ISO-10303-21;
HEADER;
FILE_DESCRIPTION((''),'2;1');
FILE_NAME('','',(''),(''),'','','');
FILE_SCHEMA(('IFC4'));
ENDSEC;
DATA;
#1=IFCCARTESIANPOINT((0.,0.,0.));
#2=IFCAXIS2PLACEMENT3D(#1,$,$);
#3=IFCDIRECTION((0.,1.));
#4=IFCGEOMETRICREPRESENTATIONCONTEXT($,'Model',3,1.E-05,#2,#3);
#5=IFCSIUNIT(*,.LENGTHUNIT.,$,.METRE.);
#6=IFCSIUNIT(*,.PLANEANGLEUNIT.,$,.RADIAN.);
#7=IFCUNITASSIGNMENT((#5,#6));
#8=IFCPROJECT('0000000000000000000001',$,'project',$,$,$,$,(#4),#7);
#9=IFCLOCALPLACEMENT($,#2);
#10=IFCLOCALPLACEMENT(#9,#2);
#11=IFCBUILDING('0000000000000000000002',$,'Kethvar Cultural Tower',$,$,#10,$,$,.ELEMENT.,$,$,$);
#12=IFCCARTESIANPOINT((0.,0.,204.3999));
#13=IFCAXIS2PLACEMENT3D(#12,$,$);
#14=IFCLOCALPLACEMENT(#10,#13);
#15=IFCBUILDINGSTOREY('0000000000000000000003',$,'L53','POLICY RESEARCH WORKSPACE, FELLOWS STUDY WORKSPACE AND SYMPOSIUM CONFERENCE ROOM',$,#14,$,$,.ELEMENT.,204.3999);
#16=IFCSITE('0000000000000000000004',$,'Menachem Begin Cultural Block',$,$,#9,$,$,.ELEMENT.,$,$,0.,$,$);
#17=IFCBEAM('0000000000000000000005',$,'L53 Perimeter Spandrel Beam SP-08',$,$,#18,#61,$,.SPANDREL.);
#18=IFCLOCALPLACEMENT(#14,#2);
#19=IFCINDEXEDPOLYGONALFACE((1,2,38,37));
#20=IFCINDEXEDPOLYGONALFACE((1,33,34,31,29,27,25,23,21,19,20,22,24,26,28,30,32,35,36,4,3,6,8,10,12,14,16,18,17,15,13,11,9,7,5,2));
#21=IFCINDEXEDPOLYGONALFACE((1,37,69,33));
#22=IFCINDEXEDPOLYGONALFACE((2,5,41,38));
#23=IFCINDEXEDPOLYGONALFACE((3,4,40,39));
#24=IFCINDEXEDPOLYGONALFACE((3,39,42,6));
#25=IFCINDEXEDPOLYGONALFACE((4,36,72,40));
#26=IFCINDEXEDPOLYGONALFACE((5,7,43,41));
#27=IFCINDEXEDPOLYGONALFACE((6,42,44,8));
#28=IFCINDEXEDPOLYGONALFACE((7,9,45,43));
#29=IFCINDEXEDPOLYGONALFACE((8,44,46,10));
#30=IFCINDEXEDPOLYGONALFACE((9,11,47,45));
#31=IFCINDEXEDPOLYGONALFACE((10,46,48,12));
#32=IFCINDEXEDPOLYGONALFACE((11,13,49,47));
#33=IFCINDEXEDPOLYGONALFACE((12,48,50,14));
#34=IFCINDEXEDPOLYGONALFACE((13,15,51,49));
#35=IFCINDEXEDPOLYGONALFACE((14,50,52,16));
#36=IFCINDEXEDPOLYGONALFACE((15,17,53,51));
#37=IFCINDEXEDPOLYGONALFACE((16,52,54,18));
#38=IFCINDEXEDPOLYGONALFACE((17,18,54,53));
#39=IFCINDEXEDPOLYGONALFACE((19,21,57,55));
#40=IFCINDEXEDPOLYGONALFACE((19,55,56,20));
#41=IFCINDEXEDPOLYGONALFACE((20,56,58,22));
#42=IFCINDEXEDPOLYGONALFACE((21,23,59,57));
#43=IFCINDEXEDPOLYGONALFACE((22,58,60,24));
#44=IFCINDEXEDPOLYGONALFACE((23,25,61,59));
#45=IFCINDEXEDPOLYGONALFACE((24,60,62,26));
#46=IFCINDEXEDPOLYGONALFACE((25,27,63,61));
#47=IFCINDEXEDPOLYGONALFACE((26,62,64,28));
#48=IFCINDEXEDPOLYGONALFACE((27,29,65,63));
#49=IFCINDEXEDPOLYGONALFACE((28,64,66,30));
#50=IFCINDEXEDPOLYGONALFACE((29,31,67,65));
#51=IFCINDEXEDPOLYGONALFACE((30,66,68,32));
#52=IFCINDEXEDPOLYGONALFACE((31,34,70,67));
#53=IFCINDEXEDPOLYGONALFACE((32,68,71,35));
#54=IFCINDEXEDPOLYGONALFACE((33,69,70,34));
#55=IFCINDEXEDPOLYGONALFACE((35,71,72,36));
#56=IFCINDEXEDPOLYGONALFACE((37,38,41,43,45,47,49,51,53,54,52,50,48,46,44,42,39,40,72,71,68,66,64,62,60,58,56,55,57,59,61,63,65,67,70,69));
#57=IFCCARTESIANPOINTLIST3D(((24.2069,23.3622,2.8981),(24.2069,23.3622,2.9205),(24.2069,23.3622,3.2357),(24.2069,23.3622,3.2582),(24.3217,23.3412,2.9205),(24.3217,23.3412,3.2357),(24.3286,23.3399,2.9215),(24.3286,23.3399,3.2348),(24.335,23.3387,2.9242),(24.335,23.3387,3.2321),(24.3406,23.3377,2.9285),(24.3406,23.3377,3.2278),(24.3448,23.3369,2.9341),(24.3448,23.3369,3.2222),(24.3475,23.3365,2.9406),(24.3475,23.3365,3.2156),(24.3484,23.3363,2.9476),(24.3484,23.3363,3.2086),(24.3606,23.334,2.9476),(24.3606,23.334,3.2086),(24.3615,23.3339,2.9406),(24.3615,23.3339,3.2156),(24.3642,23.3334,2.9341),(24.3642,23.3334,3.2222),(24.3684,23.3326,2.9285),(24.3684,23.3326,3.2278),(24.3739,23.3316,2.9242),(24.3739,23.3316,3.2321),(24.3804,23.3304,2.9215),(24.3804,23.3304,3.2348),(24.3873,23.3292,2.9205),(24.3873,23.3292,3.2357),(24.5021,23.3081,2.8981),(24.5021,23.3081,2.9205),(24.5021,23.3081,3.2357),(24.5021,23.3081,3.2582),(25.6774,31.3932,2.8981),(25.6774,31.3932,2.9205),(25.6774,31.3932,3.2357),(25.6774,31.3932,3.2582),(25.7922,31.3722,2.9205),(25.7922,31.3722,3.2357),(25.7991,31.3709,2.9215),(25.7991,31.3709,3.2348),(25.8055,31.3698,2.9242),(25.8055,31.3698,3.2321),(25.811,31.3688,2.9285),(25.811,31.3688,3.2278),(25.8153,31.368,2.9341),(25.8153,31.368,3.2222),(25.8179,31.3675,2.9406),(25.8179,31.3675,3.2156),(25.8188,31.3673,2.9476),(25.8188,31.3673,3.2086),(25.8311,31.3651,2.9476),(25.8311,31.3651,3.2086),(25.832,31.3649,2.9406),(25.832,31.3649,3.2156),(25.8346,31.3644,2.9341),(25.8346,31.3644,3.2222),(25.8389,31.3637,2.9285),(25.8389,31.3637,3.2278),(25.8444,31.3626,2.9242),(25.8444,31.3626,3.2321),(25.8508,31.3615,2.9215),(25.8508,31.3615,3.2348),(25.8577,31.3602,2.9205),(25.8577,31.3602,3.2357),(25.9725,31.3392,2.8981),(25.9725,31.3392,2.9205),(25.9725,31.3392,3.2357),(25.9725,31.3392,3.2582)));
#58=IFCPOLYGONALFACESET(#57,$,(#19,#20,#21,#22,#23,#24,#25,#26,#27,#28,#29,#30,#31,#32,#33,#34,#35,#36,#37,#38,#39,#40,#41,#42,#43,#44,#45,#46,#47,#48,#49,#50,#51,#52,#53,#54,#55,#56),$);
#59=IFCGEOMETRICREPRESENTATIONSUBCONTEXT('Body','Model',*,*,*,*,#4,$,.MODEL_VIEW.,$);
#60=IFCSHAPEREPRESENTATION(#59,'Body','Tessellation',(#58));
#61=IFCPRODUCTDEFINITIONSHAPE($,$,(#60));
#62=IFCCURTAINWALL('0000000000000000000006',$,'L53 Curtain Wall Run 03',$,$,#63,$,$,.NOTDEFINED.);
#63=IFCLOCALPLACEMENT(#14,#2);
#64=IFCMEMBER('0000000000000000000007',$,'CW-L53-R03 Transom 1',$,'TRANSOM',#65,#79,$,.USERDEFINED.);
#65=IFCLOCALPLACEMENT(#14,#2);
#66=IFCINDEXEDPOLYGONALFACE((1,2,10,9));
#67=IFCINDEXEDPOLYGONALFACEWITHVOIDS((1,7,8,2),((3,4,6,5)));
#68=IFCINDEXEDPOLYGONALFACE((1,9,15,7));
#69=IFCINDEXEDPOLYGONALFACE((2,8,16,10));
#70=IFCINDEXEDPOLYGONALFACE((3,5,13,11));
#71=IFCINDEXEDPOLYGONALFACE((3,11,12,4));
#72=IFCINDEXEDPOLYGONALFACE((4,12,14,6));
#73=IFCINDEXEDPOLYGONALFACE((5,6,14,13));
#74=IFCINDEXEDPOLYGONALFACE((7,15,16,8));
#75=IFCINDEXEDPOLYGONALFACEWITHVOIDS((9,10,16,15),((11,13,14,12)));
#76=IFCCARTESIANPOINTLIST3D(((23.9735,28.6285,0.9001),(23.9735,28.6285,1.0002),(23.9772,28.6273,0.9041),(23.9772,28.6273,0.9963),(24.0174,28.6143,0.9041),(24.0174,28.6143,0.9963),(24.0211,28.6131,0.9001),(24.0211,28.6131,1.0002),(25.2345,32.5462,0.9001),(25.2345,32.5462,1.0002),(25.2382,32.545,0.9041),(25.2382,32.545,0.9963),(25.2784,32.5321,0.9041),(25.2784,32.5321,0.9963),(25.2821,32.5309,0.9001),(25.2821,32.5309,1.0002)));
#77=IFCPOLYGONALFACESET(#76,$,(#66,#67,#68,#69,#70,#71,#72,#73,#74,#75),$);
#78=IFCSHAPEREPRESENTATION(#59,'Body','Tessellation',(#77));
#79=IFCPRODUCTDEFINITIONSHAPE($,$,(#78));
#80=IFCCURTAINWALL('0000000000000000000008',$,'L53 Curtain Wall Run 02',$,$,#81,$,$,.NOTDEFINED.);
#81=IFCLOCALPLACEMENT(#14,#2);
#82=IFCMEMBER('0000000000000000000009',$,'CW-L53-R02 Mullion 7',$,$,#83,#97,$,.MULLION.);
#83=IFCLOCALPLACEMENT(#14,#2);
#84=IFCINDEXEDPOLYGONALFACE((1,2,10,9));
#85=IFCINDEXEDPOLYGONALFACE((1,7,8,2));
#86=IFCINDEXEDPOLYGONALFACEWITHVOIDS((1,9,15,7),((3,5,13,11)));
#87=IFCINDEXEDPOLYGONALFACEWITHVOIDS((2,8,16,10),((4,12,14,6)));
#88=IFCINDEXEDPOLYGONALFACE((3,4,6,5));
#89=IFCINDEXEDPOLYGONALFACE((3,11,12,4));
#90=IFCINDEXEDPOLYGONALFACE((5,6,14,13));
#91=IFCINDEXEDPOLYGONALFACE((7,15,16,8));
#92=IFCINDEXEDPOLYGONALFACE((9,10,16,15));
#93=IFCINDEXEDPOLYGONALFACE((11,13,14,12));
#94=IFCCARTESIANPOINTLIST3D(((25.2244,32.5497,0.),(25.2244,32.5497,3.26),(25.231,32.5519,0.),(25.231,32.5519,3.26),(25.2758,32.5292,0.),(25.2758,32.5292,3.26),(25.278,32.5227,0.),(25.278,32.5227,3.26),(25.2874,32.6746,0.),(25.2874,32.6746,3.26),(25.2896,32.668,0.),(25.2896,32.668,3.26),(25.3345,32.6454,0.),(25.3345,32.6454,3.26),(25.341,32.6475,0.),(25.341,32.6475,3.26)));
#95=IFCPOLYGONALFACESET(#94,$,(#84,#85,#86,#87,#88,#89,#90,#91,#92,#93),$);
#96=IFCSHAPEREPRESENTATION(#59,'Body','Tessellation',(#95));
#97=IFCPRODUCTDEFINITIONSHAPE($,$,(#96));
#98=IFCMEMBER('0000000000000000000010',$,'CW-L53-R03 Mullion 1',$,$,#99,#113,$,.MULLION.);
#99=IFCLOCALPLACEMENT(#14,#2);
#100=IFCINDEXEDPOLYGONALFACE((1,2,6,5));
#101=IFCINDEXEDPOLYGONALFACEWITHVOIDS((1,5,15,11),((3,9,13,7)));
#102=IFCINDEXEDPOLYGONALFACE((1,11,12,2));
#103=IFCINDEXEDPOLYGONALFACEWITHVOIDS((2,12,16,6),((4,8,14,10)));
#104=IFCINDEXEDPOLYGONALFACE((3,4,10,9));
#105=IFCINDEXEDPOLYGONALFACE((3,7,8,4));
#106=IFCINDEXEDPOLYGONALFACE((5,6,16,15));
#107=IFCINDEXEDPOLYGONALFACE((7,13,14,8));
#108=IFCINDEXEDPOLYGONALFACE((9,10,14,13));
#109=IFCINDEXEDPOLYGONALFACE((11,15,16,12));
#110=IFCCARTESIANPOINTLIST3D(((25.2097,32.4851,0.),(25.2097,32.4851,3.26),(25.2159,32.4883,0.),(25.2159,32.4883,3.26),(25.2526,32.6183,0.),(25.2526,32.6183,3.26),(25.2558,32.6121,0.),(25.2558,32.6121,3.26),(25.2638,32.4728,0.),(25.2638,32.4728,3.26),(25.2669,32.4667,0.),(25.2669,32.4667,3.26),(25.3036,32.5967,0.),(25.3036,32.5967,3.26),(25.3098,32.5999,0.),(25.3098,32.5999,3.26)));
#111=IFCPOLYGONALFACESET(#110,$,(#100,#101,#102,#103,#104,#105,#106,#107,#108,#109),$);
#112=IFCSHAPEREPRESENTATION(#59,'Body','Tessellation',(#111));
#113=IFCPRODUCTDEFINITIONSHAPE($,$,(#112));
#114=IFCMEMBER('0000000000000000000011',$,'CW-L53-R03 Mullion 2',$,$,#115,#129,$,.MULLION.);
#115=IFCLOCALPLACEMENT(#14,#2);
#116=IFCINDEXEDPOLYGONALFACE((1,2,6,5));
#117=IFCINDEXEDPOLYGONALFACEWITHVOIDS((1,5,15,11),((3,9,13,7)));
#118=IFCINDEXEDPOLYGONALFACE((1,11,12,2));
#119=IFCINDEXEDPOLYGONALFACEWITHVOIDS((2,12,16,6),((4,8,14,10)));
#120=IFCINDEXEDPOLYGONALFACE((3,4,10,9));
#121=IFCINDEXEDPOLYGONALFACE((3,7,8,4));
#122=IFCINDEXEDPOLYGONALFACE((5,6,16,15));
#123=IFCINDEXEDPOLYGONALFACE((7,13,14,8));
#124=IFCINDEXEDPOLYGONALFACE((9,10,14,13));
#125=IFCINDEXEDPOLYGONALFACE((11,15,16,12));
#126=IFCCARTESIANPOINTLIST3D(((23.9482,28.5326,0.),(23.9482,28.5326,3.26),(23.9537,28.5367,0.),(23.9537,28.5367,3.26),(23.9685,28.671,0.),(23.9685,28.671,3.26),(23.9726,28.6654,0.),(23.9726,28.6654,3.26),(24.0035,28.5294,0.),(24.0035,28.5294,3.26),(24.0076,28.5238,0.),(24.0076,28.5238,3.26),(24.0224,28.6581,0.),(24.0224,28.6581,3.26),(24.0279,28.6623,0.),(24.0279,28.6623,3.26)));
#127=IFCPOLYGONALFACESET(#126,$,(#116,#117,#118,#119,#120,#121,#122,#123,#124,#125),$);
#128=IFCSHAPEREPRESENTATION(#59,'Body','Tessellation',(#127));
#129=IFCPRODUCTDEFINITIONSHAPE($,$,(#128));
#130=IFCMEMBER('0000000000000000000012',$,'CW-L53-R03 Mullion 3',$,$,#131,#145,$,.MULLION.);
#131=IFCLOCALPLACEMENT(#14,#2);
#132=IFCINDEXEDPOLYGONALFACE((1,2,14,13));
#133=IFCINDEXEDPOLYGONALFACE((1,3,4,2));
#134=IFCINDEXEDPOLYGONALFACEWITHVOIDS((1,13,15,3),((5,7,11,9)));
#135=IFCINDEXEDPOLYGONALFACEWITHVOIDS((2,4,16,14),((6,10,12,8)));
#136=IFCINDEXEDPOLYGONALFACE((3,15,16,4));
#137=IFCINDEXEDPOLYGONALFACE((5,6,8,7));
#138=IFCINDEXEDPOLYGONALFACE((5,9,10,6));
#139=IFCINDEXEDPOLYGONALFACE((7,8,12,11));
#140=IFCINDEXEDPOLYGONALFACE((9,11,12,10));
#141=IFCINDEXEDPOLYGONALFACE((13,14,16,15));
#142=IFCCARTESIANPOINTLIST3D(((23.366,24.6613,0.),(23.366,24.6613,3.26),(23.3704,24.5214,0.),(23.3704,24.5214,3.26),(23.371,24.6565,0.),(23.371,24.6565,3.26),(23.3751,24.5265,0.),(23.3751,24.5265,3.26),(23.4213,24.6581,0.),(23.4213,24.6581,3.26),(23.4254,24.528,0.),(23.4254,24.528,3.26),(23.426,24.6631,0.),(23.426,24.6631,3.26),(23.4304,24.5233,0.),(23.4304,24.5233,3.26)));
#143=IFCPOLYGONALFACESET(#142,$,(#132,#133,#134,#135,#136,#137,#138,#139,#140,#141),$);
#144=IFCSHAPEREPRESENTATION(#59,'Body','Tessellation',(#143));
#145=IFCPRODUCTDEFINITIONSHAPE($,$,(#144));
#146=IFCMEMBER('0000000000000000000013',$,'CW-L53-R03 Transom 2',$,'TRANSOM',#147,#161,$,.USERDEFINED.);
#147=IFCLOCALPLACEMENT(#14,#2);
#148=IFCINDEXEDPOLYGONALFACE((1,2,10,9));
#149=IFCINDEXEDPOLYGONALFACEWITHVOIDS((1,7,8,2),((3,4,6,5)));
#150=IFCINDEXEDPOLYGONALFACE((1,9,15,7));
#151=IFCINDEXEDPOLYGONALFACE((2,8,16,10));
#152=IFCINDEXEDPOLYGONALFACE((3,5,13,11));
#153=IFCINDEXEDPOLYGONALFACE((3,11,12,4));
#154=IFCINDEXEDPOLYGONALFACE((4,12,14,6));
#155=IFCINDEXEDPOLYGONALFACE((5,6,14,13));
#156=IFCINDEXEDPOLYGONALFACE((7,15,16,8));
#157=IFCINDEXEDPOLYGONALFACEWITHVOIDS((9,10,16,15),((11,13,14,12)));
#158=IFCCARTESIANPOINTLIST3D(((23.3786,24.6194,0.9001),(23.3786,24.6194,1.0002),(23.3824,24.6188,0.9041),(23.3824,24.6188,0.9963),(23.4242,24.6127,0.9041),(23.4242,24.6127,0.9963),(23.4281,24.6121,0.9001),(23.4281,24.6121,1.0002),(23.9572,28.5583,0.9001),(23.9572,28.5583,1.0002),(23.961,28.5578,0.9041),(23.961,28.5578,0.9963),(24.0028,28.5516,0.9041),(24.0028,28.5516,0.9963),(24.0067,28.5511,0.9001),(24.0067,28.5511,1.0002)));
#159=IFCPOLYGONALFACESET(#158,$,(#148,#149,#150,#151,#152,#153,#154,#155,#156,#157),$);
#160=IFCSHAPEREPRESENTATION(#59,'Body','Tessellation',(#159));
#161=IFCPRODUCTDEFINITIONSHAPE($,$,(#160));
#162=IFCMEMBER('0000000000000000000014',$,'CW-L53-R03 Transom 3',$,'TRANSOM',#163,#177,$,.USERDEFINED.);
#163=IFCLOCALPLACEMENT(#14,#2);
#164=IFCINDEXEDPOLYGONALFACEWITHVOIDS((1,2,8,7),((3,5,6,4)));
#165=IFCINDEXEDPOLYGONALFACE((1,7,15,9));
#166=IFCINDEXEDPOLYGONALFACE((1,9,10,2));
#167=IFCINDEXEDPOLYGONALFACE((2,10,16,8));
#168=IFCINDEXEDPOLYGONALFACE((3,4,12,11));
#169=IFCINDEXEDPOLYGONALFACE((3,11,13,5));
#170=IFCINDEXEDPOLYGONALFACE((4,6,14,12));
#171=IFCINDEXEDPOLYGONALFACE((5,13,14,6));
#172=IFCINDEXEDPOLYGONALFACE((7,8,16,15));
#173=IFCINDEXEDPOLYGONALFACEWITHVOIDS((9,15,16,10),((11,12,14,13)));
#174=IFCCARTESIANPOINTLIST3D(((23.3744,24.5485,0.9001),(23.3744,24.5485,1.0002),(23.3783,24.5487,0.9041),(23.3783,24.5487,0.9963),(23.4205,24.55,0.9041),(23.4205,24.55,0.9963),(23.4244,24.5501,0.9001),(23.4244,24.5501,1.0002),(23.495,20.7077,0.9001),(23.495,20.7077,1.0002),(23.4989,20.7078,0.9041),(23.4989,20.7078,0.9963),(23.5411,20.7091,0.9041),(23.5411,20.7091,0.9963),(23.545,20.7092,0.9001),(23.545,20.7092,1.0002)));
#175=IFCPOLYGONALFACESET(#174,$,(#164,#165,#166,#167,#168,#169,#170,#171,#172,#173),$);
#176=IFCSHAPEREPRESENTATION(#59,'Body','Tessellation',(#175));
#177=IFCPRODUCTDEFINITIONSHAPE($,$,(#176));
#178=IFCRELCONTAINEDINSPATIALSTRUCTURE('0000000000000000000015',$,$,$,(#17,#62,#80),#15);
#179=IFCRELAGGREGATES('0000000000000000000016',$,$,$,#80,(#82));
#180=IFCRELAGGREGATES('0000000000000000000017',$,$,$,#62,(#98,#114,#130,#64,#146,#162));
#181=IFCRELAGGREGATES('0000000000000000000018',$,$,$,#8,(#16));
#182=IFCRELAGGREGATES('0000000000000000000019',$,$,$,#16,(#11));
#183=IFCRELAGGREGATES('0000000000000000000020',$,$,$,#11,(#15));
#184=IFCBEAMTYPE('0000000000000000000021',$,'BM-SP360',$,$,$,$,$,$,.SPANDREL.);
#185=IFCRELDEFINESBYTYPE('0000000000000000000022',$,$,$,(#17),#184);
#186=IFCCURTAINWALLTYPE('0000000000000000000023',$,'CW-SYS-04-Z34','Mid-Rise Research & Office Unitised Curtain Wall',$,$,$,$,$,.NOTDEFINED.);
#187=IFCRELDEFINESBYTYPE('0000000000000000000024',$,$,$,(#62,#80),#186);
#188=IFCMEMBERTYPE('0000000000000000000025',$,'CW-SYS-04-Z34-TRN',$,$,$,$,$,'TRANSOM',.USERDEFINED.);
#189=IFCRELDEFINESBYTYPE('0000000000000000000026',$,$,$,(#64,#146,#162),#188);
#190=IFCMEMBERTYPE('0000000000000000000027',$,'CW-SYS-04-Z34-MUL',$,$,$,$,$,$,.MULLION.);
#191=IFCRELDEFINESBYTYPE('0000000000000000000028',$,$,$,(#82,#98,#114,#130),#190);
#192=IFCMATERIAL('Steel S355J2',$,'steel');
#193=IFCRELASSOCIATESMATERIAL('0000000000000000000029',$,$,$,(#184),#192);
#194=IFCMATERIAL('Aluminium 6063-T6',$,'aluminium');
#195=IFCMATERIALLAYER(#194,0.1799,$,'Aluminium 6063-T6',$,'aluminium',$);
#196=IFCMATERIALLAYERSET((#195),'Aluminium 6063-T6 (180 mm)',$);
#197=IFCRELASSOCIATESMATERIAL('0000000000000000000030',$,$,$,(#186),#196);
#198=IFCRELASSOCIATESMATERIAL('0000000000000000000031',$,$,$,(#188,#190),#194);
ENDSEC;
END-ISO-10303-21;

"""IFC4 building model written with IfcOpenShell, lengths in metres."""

from ifc_helpers import new_model, si_unit, direction, frame, origin, origin_2d, place, context, subcontext, project, spatial, hollow_rectangle, i_section, extrude, source, transform, mapped, material, layer, layer_set, material_profile, profile_set, type_object, element, aggregate, save


model = new_model("IFC4")

# Units and contexts
model_context = context("Model", 3, precision=1e-05, world=origin(), true_north=direction((0.0, 1.0)))
body_context = subcontext(model_context, "Body", "Model", "MODEL_VIEW")
ifc_project = project(units=[si_unit("LENGTHUNIT", "METRE"), si_unit("PLANEANGLEUNIT", "RADIAN")], contexts=[model_context])

# Site, building, storey
site_placement = place(None, origin())
site = spatial("IfcSite", under=ifc_project, at=site_placement, Name="Menachem Begin Cultural Block", CompositionType="ELEMENT", RefElevation=0.0)
building_placement = place(site_placement, origin())
building = spatial("IfcBuilding", under=site, at=building_placement, Name="Kethvar Cultural Tower", CompositionType="ELEMENT")
storey_placement = place(building_placement, frame((0.0, 0.0, 204.3999)))
storey = spatial("IfcBuildingStorey", under=building, at=storey_placement, Name="L53", Description="POLICY RESEARCH WORKSPACE, FELLOWS STUDY WORKSPACE AND SYMPOSIUM CONFERENCE ROOM", CompositionType="ELEMENT", Elevation=204.3999)

# Beam
ifc_material_1 = material(Name="Steel S355J2", Category="steel")
ifc_material_profile_1 = material_profile(ifc_material_1, i_section(OverallWidth=0.3, OverallDepth=0.3601, WebThickness=0.0125, FlangeThickness=0.0225, FilletRadius=0.0271, at=origin_2d()), Name="Steel S355J2 — HEB360")
ifc_profile_set_1 = profile_set([ifc_material_profile_1], Name="Steel S355J2 — HEB360")
beam_type_1 = type_object("IfcBeamType", Name="BM-SP360", PredefinedType="SPANDREL", material=ifc_profile_set_1)
shared_shape_1 = source(origin(), body_context, "Body", "SweptSolid", [
    extrude(i_section(OverallWidth=0.3, OverallDepth=0.3601, WebThickness=0.0125, FlangeThickness=0.0225, FilletRadius=0.0271, at=origin_2d()), origin(), (0.0, 0.0, 1.0), 8.1646),
])
beam_1_placement = place(storey_placement, frame((25.825, 31.3662, 3.0781), z_axis=(-0.180104, -0.983648, 0.0), x_axis=(0.983648, -0.180104, 0.0)))
element("IfcBeam", 1, at=beam_1_placement, inside=storey, type_object=beam_type_1, Name="L53 Perimeter Spandrel Beam SP-08", PredefinedType="SPANDREL", context=body_context, shape_type="MappedRepresentation", body=[
    mapped(shared_shape_1, transform((0.0, 0.0, 0.0), scale=1.0)),
])

# Curtain walls, members
ifc_material_2 = material(Name="Aluminium 6063-T6", Category="aluminium")
ifc_layer_1 = layer(ifc_material_2, 0.1799, Name="Aluminium 6063-T6", Category="aluminium")
ifc_layer_set_1 = layer_set([ifc_layer_1], Name="Aluminium 6063-T6 (180 mm)")
curtain_wall_type = type_object("IfcCurtainWallType", Name="CW-SYS-04-Z34", Description="Mid-Rise Research & Office Unitised Curtain Wall", PredefinedType="NOTDEFINED", material=ifc_layer_set_1)
curtain_wall_1_placement = place(storey_placement, origin())
curtain_wall_1 = element("IfcCurtainWall", 2, at=curtain_wall_1_placement, inside=storey, type_object=curtain_wall_type, Name="L53 Curtain Wall Run 03", PredefinedType="NOTDEFINED")
ifc_material_profile_2 = material_profile(ifc_material_2, hollow_rectangle(XDim=0.05, YDim=0.1001, WallThickness=0.0039, at=origin_2d()), Name="Aluminium 6063-T6 — RHS100x50x4")
ifc_profile_set_2 = profile_set([ifc_material_profile_2], Name="Aluminium 6063-T6 — RHS100x50x4")
member_type_1 = type_object("IfcMemberType", Name="CW-SYS-04-Z34-TRN", ElementType="TRANSOM", PredefinedType="USERDEFINED", material=ifc_profile_set_2)
shared_shape_2 = source(origin(), body_context, "Body", "SweptSolid", [
    extrude(hollow_rectangle(XDim=0.05, YDim=0.1001, WallThickness=0.0039, at=origin_2d()), origin(), (0.0, 0.0, 1.0), 4.1157),
])
member_1_placement = place(storey_placement, frame((25.2583, 32.5386, 0.9502), z_axis=(-0.306387, -0.951907, 0.0), x_axis=(0.951907, -0.306387, 0.0)))
member_1 = element("IfcMember", 3, at=member_1_placement, type_object=member_type_1, Name="CW-L53-R03 Transom 1", ObjectType="TRANSOM", PredefinedType="USERDEFINED", context=body_context, shape_type="MappedRepresentation", body=[
    mapped(shared_shape_2, transform((0.0, 0.0, 0.0), scale=1.0)),
])
curtain_wall_2_placement = place(storey_placement, origin())
curtain_wall_2 = element("IfcCurtainWall", 4, at=curtain_wall_2_placement, inside=storey, type_object=curtain_wall_type, Name="L53 Curtain Wall Run 02", PredefinedType="NOTDEFINED")
ifc_material_profile_3 = material_profile(ifc_material_2, hollow_rectangle(XDim=0.0601, YDim=0.1399, WallThickness=0.0049, at=origin_2d()), Name="Aluminium 6063-T6 — RHS140x60x5")
ifc_profile_set_3 = profile_set([ifc_material_profile_3], Name="Aluminium 6063-T6 — RHS140x60x5")
member_type_2 = type_object("IfcMemberType", Name="CW-SYS-04-Z34-MUL", PredefinedType="MULLION", material=ifc_profile_set_3)
shared_shape_3 = source(origin(), body_context, "Body", "SweptSolid", [
    extrude(hollow_rectangle(XDim=0.0601, YDim=0.1399, WallThickness=0.0049, at=origin_2d()), origin(), (0.0, 0.0, 1.0), 3.26),
])
member_2_placement = place(storey_placement, frame((25.2827, 32.5986, 0.0), z_axis=(0.0, 0.0, 1.0), x_axis=(0.892743, -0.450566, 0.0)))
member_2 = element("IfcMember", 5, at=member_2_placement, type_object=member_type_2, Name="CW-L53-R02 Mullion 7", PredefinedType="MULLION", context=body_context, shape_type="MappedRepresentation", body=[
    mapped(shared_shape_3, transform((0.0, 0.0, 0.0), scale=1.0)),
])

# Members
member_3_placement = place(storey_placement, frame((25.2598, 32.5425, 0.0), z_axis=(0.0, 0.0, 1.0), x_axis=(0.951894, -0.306426, 0.0)))
member_3 = element("IfcMember", 6, at=member_3_placement, type_object=member_type_2, Name="CW-L53-R03 Mullion 1", PredefinedType="MULLION", context=body_context, shape_type="MappedRepresentation", body=[
    mapped(shared_shape_3, transform((0.0, 0.0, 0.0), scale=1.0)),
])
member_4_placement = place(storey_placement, frame((23.988, 28.5974, 0.0), z_axis=(0.0, 0.0, 1.0), x_axis=(0.989387, -0.145306, 0.0)))
member_4 = element("IfcMember", 7, at=member_4_placement, type_object=member_type_2, Name="CW-L53-R03 Mullion 2", PredefinedType="MULLION", context=body_context, shape_type="MappedRepresentation", body=[
    mapped(shared_shape_3, transform((0.0, 0.0, 0.0), scale=1.0)),
])
member_5_placement = place(storey_placement, frame((23.3982, 24.5923, 0.0), z_axis=(0.0, 0.0, 1.0), x_axis=(0.999508, 0.031376, 0.0)))
member_5 = element("IfcMember", 8, at=member_5_placement, type_object=member_type_2, Name="CW-L53-R03 Mullion 3", PredefinedType="MULLION", context=body_context, shape_type="MappedRepresentation", body=[
    mapped(shared_shape_3, transform((0.0, 0.0, 0.0), scale=1.0)),
])
shared_shape_4 = source(origin(), body_context, "Body", "SweptSolid", [
    extrude(hollow_rectangle(XDim=0.05, YDim=0.1001, WallThickness=0.0039, at=origin_2d()), origin(), (0.0, 0.0, 1.0), 3.9812),
])
member_6_placement = place(storey_placement, frame((23.9819, 28.5547, 0.9502), z_axis=(-0.145335, -0.989382, 0.0), x_axis=(0.989382, -0.145335, 0.0)))
member_6 = element("IfcMember", 9, at=member_6_placement, type_object=member_type_1, Name="CW-L53-R03 Transom 2", ObjectType="TRANSOM", PredefinedType="USERDEFINED", context=body_context, shape_type="MappedRepresentation", body=[
    mapped(shared_shape_4, transform((0.0, 0.0, 0.0), scale=1.0)),
])
shared_shape_5 = source(origin(), body_context, "Body", "SweptSolid", [
    extrude(hollow_rectangle(XDim=0.05, YDim=0.1001, WallThickness=0.0039, at=origin_2d()), origin(), (0.0, 0.0, 1.0), 3.8428),
])
member_7_placement = place(storey_placement, frame((23.3994, 24.5493, 0.9502), z_axis=(0.031385, -0.999507, 0.0), x_axis=(0.999507, 0.031385, 0.0)))
member_7 = element("IfcMember", 10, at=member_7_placement, type_object=member_type_1, Name="CW-L53-R03 Transom 3", ObjectType="TRANSOM", PredefinedType="USERDEFINED", context=body_context, shape_type="MappedRepresentation", body=[
    mapped(shared_shape_5, transform((0.0, 0.0, 0.0), scale=1.0)),
])

aggregate(curtain_wall_2, [member_2])
aggregate(curtain_wall_1, [member_3, member_4, member_5, member_1, member_6, member_7])

save(model, "model.ifc")
